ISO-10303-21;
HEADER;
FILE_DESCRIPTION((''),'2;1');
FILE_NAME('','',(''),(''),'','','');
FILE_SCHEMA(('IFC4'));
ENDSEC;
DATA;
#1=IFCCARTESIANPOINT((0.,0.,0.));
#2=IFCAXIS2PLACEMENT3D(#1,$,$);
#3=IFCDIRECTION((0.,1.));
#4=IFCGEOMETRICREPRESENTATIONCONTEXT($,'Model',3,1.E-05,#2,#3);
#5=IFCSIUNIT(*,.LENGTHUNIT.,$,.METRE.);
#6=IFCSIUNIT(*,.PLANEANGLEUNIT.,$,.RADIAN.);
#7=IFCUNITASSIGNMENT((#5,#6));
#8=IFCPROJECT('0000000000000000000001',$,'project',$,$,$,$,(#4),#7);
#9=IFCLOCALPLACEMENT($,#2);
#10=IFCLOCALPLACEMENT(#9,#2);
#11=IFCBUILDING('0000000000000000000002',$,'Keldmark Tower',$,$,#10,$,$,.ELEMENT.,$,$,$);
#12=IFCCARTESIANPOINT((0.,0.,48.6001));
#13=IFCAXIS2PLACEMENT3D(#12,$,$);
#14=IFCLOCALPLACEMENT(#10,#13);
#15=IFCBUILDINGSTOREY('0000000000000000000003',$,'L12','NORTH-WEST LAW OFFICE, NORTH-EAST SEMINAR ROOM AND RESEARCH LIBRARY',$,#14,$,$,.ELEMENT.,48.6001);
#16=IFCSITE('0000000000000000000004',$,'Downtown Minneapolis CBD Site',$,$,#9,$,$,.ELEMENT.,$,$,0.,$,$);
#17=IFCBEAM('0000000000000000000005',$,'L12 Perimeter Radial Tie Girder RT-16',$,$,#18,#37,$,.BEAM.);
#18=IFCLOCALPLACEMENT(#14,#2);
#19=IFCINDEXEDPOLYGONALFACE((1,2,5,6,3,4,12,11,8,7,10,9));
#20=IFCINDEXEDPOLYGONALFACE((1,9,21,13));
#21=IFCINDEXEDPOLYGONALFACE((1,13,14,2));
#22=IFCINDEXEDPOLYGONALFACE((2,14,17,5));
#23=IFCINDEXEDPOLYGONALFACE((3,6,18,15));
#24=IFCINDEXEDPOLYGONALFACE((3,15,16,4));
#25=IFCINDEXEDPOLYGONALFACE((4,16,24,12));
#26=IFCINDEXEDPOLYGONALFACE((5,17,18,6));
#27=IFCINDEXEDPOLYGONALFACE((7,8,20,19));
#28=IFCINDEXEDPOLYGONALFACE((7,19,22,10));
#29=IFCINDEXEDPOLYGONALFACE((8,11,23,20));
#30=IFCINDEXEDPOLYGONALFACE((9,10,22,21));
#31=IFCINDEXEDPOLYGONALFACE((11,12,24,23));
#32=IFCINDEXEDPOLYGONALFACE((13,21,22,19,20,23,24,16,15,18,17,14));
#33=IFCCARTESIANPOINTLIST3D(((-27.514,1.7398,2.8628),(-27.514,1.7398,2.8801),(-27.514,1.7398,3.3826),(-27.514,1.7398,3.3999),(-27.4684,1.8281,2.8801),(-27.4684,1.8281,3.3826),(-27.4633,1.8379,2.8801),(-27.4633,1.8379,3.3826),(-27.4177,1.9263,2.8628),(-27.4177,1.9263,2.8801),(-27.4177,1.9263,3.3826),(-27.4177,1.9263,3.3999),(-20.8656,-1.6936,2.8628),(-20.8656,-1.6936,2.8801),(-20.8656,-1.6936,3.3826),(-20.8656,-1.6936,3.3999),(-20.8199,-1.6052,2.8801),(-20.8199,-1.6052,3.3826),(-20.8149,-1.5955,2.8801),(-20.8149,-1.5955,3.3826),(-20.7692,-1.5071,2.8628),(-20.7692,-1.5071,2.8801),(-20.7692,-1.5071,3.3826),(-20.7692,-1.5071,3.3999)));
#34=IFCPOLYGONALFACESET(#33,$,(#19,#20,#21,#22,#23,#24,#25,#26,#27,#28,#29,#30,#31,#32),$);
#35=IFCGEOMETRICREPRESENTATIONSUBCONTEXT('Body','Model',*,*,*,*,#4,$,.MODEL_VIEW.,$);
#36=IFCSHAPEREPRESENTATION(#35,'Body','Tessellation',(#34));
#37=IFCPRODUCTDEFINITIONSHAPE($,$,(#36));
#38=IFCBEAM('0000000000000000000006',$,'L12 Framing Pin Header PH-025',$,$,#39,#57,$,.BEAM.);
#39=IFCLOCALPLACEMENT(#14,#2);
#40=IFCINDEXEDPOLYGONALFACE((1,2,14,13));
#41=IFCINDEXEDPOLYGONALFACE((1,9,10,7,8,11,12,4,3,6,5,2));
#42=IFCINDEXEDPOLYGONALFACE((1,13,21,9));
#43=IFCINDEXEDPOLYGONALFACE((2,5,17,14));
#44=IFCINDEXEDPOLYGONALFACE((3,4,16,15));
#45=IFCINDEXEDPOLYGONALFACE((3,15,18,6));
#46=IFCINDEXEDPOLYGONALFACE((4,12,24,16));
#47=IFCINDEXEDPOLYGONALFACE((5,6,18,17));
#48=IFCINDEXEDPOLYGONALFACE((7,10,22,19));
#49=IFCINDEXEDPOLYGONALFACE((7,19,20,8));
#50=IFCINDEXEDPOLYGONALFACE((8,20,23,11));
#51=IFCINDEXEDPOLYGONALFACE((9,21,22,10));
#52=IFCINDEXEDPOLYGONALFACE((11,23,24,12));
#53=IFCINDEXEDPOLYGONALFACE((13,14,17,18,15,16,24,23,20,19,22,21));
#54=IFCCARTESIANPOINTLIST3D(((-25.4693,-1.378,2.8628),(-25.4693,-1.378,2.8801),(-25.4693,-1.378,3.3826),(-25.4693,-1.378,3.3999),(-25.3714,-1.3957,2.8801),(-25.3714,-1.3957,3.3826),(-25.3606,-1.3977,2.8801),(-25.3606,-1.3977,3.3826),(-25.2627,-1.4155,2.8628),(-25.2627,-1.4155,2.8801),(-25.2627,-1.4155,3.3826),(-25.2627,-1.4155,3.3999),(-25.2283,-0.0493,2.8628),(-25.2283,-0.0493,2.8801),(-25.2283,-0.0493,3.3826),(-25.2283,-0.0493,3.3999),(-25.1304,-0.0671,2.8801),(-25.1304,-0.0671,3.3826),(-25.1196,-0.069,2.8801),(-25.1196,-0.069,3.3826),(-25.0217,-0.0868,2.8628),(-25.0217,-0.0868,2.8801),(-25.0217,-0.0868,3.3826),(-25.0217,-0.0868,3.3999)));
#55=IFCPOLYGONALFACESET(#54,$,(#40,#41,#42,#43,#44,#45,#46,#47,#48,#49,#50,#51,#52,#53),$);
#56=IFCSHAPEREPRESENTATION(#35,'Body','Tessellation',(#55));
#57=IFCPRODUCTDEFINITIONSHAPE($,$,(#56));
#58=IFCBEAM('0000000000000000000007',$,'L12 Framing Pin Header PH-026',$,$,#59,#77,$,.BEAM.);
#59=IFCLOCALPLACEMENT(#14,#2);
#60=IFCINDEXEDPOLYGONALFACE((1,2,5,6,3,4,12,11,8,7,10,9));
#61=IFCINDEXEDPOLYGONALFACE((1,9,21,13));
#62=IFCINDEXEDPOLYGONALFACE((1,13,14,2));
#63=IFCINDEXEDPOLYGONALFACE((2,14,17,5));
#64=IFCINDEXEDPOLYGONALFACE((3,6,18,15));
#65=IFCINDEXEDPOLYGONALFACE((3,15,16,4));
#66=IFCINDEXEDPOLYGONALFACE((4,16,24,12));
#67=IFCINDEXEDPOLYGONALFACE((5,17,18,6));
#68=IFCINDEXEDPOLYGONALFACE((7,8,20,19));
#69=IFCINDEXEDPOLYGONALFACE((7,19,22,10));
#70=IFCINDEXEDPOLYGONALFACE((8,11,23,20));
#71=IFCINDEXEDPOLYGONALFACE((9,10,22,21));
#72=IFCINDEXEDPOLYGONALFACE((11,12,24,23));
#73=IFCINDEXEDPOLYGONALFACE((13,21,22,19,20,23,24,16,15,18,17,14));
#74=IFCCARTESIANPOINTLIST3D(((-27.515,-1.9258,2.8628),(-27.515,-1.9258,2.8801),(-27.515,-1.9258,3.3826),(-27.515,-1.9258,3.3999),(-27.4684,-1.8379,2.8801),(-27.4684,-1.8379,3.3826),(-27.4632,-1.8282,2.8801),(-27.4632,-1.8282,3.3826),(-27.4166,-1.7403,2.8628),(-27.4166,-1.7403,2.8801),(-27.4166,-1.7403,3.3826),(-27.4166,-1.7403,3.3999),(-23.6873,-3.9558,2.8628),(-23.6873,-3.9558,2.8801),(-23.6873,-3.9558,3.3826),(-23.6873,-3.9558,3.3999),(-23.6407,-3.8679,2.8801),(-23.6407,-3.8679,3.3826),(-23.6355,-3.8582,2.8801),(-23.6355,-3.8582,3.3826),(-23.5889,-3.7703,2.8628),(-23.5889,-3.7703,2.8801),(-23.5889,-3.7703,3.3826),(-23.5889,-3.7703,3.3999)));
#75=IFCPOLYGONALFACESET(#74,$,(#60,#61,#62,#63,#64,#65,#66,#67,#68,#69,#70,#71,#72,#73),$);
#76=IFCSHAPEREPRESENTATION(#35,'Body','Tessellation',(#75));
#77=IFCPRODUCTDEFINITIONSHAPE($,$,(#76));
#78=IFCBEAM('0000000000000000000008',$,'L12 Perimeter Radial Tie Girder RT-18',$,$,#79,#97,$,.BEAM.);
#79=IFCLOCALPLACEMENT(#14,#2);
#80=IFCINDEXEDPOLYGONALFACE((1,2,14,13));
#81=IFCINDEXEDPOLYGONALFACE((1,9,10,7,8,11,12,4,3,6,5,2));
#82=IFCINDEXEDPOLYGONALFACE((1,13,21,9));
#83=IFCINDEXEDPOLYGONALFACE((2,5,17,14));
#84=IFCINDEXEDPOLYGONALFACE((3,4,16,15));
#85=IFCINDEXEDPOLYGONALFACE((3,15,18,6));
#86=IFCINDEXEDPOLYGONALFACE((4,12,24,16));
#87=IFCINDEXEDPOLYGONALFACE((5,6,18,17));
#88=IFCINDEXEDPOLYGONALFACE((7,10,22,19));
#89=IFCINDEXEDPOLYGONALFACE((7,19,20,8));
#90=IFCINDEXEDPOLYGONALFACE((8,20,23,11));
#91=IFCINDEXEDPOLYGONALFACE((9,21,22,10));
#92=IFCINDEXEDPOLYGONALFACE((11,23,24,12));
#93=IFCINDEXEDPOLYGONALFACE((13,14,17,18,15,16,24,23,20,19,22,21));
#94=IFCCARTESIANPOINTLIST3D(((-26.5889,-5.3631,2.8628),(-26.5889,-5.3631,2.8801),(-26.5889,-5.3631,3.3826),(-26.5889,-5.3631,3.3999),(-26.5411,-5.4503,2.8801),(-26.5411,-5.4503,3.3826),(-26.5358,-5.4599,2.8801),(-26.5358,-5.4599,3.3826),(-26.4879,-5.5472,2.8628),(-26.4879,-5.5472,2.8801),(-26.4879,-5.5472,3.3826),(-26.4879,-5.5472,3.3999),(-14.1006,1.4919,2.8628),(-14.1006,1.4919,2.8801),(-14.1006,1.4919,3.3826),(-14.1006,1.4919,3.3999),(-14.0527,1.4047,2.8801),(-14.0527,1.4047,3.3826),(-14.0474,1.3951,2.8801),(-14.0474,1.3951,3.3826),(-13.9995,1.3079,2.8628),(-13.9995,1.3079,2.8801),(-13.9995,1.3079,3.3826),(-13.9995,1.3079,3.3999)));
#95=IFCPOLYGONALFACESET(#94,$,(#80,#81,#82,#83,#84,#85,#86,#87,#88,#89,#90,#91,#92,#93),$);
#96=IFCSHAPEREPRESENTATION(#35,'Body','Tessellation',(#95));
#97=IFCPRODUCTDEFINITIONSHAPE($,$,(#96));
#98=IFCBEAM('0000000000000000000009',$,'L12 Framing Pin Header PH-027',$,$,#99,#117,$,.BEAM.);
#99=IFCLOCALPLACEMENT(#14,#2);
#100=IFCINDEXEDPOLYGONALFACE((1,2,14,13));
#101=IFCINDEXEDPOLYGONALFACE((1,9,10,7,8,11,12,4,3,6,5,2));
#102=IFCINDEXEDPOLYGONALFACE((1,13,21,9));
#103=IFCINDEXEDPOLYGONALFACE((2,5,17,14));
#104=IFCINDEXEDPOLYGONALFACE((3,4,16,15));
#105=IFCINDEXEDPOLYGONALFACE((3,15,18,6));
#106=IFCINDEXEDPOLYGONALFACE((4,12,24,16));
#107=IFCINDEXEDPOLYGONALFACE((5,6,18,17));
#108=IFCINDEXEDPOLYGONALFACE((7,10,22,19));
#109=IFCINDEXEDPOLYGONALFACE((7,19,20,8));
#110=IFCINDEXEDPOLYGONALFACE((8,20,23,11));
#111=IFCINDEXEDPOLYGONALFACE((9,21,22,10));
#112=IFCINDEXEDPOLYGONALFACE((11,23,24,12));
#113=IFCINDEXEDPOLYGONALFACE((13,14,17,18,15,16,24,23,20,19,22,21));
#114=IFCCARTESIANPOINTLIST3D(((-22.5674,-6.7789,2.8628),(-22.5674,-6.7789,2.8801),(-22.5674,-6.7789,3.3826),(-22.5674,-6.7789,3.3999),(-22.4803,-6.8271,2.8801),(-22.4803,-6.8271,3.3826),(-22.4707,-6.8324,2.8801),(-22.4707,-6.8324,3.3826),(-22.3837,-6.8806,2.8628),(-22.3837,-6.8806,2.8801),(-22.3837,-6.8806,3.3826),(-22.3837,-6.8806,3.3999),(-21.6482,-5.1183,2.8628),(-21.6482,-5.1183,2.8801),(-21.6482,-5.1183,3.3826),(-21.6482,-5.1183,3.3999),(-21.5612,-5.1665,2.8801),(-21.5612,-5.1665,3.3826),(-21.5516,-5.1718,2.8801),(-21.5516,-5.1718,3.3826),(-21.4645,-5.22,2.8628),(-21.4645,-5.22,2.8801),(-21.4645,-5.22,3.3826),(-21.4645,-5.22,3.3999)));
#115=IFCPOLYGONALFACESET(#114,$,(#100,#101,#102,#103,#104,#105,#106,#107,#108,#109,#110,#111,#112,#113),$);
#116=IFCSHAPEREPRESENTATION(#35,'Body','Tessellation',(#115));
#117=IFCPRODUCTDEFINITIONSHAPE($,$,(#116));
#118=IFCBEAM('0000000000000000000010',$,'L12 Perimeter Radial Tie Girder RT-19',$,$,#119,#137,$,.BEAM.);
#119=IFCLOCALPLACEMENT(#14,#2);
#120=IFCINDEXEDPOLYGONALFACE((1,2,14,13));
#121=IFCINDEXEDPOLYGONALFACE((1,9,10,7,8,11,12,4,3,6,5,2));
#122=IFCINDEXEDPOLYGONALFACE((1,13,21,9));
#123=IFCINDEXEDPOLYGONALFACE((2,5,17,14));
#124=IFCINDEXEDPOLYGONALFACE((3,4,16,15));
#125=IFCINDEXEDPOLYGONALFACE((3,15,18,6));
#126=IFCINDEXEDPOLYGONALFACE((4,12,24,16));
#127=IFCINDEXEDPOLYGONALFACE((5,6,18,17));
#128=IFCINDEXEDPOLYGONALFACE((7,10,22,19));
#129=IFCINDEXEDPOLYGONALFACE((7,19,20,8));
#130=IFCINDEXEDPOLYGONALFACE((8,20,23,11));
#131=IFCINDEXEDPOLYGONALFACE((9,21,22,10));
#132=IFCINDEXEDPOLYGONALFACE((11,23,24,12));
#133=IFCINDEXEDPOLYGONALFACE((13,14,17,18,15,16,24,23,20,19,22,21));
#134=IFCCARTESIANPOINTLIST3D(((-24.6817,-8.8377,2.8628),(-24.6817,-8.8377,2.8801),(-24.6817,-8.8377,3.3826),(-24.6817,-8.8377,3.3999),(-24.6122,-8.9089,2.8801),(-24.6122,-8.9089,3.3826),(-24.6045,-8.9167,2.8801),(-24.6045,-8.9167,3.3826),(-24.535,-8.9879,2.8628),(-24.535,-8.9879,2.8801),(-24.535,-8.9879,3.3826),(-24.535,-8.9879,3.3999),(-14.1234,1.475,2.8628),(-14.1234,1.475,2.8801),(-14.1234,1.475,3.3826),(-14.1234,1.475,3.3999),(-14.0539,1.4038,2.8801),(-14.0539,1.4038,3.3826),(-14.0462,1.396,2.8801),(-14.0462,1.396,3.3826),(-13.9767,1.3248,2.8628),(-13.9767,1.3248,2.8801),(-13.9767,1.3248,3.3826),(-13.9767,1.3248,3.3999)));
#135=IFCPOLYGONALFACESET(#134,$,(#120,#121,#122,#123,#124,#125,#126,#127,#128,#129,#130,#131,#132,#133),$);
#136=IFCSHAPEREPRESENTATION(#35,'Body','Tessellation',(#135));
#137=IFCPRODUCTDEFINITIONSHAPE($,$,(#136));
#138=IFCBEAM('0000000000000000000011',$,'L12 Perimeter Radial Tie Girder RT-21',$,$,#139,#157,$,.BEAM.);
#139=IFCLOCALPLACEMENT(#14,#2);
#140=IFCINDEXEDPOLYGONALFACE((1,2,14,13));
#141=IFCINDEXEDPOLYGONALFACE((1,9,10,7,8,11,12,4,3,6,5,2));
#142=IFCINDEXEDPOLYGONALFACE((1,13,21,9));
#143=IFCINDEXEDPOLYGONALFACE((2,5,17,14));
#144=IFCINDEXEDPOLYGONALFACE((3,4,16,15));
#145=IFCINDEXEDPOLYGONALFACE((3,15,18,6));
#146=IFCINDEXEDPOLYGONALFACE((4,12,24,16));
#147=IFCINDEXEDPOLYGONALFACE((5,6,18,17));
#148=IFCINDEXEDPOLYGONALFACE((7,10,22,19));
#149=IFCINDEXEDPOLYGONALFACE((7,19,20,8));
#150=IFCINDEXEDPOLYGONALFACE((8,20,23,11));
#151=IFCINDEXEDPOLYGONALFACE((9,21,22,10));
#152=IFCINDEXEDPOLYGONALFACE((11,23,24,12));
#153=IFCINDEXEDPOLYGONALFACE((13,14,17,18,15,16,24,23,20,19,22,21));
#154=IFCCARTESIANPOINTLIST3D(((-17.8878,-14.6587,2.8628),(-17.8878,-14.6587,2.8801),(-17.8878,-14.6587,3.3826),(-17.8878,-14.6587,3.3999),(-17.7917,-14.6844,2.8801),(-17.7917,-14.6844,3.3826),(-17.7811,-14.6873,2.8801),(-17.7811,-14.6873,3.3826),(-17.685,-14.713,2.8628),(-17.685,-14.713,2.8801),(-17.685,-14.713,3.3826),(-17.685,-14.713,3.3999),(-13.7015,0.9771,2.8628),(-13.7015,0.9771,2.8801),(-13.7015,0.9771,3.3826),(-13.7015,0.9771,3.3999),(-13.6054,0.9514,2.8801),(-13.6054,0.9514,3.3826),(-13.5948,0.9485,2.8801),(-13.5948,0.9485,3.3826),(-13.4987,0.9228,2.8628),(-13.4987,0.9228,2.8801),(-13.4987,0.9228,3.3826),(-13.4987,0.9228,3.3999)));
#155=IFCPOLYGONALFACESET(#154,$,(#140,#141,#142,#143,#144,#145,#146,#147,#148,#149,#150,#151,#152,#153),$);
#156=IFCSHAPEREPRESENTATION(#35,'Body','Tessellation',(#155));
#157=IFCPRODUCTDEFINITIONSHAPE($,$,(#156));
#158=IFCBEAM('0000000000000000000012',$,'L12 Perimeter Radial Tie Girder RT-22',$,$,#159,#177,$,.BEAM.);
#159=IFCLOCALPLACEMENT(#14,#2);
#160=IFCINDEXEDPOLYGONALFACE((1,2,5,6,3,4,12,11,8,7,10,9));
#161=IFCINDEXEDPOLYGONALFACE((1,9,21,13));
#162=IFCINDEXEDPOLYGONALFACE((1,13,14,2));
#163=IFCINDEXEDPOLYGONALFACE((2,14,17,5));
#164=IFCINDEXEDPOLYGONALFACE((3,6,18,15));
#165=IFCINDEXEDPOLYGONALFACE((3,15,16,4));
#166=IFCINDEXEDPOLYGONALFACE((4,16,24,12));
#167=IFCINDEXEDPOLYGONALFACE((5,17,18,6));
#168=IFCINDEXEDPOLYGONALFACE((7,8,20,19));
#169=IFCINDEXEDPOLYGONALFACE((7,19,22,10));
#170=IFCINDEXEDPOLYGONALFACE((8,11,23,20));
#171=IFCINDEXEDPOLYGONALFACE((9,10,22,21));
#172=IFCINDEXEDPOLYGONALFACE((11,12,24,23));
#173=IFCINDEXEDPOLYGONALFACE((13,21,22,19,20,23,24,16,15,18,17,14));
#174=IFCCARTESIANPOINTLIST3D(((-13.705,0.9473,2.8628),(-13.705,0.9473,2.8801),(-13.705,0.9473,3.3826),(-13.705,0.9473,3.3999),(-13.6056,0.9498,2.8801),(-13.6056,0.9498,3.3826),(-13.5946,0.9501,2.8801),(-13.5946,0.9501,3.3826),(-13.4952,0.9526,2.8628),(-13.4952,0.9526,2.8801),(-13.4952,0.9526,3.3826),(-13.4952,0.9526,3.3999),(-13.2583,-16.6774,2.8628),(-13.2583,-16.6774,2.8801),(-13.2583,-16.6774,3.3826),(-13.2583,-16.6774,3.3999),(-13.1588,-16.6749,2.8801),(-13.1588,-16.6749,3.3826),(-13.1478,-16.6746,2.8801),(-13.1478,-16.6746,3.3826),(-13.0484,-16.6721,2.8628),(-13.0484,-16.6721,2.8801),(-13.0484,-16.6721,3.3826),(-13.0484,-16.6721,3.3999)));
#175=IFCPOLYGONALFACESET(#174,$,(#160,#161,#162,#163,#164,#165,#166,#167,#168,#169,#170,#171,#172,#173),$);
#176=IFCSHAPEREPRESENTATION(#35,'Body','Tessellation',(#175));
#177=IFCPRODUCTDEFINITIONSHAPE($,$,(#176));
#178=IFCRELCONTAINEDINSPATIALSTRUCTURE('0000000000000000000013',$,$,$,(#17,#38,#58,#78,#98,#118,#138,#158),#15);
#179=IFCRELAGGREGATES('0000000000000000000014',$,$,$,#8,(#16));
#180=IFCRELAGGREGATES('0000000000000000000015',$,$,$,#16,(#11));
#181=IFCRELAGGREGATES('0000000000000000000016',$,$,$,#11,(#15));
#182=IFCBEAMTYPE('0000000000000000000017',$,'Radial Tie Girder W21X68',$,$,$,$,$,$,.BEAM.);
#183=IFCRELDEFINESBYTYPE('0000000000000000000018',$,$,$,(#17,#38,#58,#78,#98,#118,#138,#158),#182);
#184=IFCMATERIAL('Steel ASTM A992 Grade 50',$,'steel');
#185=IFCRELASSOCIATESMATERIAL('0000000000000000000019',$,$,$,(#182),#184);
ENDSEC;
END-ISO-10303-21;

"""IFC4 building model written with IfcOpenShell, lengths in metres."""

from ifc_helpers import new_model, si_unit, direction, frame, origin, origin_2d, place, context, subcontext, project, spatial, i_section, extrude, material, material_profile, profile_set, type_object, element, save


model = new_model("IFC4")

# Units and contexts
model_context = context("Model", 3, precision=1e-05, world=origin(), true_north=direction((0.0, 1.0)))
body_context = subcontext(model_context, "Body", "Model", "MODEL_VIEW")
ifc_project = project(units=[si_unit("LENGTHUNIT", "METRE"), si_unit("PLANEANGLEUNIT", "RADIAN")], contexts=[model_context])

# Site, building, storey
site_placement = place(None, origin())
site = spatial("IfcSite", under=ifc_project, at=site_placement, Name="Downtown Minneapolis CBD Site", CompositionType="ELEMENT", RefElevation=0.0)
building_placement = place(site_placement, origin())
building = spatial("IfcBuilding", under=site, at=building_placement, Name="Keldmark Tower", CompositionType="ELEMENT")
storey_placement = place(building_placement, frame((0.0, 0.0, 48.6001)))
storey = spatial("IfcBuildingStorey", under=building, at=storey_placement, Name="L12", Description="NORTH-WEST LAW OFFICE, NORTH-EAST SEMINAR ROOM AND RESEARCH LIBRARY", CompositionType="ELEMENT", Elevation=48.6001)

# Beams
ifc_material_1 = material(Name="Steel ASTM A992 Grade 50", Category="steel")
ifc_material_profile_1 = material_profile(ifc_material_1, i_section(OverallWidth=0.21, OverallDepth=0.5371, WebThickness=0.011, FlangeThickness=0.0173, at=origin_2d()), Name="W21X68")
ifc_profile_set_1 = profile_set([ifc_material_profile_1], Name="Steel ASTM A992 Grade 50")
beam_type_1 = type_object("IfcBeamType", Name="Radial Tie Girder W21X68", PredefinedType="BEAM", material=ifc_profile_set_1)
beam_1_placement = place(storey_placement, frame((-20.8174, -1.6003, 3.1313), z_axis=(-0.888517, 0.458843, 0.0), x_axis=(-0.458843, -0.888517, 0.0)))
element("IfcBeam", 1, at=beam_1_placement, inside=storey, type_object=beam_type_1, Name="L12 Perimeter Radial Tie Girder RT-16", PredefinedType="BEAM", context=body_context, shape_type="SweptSolid", body=[
    extrude(i_section(OverallWidth=0.21, OverallDepth=0.5371, WebThickness=0.011, FlangeThickness=0.0173, at=origin_2d()), origin(), (0.0, 0.0, 1.0), 7.4827),
])
beam_2_placement = place(storey_placement, frame((-25.366, -1.3967, 3.1313), z_axis=(0.178456, 0.983948, 0.0), x_axis=(-0.983948, 0.178456, 0.0)))
element("IfcBeam", 2, at=beam_2_placement, inside=storey, type_object=beam_type_1, Name="L12 Framing Pin Header PH-025", PredefinedType="BEAM", context=body_context, shape_type="SweptSolid", body=[
    extrude(i_section(OverallWidth=0.21, OverallDepth=0.5371, WebThickness=0.011, FlangeThickness=0.0173, at=origin_2d()), origin(), (0.0, 0.0, 1.0), 1.3503),
])
beam_3_placement = place(storey_placement, frame((-27.4658, -1.833, 3.1313), z_axis=(0.883441, -0.468543, 0.0), x_axis=(0.468543, 0.883441, 0.0)))
element("IfcBeam", 3, at=beam_3_placement, inside=storey, type_object=beam_type_1, Name="L12 Framing Pin Header PH-026", PredefinedType="BEAM", context=body_context, shape_type="SweptSolid", body=[
    extrude(i_section(OverallWidth=0.21, OverallDepth=0.5371, WebThickness=0.011, FlangeThickness=0.0173, at=origin_2d()), origin(), (0.0, 0.0, 1.0), 4.3328),
])
beam_4_placement = place(storey_placement, frame((-14.05, 1.3999, 3.1313), z_axis=(-0.876618, -0.481187, 0.0), x_axis=(0.481187, -0.876618, 0.0)))
element("IfcBeam", 4, at=beam_4_placement, inside=storey, type_object=beam_type_1, Name="L12 Perimeter Radial Tie Girder RT-18", PredefinedType="BEAM", context=body_context, shape_type="SweptSolid", body=[
    extrude(i_section(OverallWidth=0.21, OverallDepth=0.5371, WebThickness=0.011, FlangeThickness=0.0173, at=origin_2d()), origin(), (0.0, 0.0, 1.0), 14.2461),
])
beam_5_placement = place(storey_placement, frame((-21.5564, -5.1692, 3.1313), z_axis=(-0.484277, -0.874915, 0.0), x_axis=(0.874915, -0.484277, 0.0)))
element("IfcBeam", 5, at=beam_5_placement, inside=storey, type_object=beam_type_1, Name="L12 Framing Pin Header PH-027", PredefinedType="BEAM", context=body_context, shape_type="SweptSolid", body=[
    extrude(i_section(OverallWidth=0.21, OverallDepth=0.5371, WebThickness=0.011, FlangeThickness=0.0173, at=origin_2d()), origin(), (0.0, 0.0, 1.0), 1.8979),
])
beam_6_placement = place(storey_placement, frame((-14.05, 1.3999, 3.1313), z_axis=(-0.715378, -0.698737, 0.0), x_axis=(0.698737, -0.715378, 0.0)))
element("IfcBeam", 6, at=beam_6_placement, inside=storey, type_object=beam_type_1, Name="L12 Perimeter Radial Tie Girder RT-19", PredefinedType="BEAM", context=body_context, shape_type="SweptSolid", body=[
    extrude(i_section(OverallWidth=0.21, OverallDepth=0.5371, WebThickness=0.011, FlangeThickness=0.0173, at=origin_2d()), origin(), (0.0, 0.0, 1.0), 14.759),
])
beam_7_placement = place(storey_placement, frame((-13.6001, 0.95, 3.1313), z_axis=(-0.258629, -0.965977, 0.0), x_axis=(0.965977, -0.258629, 0.0)))
element("IfcBeam", 7, at=beam_7_placement, inside=storey, type_object=beam_type_1, Name="L12 Perimeter Radial Tie Girder RT-21", PredefinedType="BEAM", context=body_context, shape_type="SweptSolid", body=[
    extrude(i_section(OverallWidth=0.21, OverallDepth=0.5371, WebThickness=0.011, FlangeThickness=0.0173, at=origin_2d()), origin(), (0.0, 0.0, 1.0), 16.1865),
])
beam_8_placement = place(storey_placement, frame((-13.6001, 0.95, 3.1313), z_axis=(0.025341, -0.999679, 0.0), x_axis=(0.999679, 0.025341, 0.0)))
element("IfcBeam", 8, at=beam_8_placement, inside=storey, type_object=beam_type_1, Name="L12 Perimeter Radial Tie Girder RT-22", PredefinedType="BEAM", context=body_context, shape_type="SweptSolid", body=[
    extrude(i_section(OverallWidth=0.21, OverallDepth=0.5371, WebThickness=0.011, FlangeThickness=0.0173, at=origin_2d()), origin(), (0.0, 0.0, 1.0), 17.6304),
])

save(model, "model.ifc")
